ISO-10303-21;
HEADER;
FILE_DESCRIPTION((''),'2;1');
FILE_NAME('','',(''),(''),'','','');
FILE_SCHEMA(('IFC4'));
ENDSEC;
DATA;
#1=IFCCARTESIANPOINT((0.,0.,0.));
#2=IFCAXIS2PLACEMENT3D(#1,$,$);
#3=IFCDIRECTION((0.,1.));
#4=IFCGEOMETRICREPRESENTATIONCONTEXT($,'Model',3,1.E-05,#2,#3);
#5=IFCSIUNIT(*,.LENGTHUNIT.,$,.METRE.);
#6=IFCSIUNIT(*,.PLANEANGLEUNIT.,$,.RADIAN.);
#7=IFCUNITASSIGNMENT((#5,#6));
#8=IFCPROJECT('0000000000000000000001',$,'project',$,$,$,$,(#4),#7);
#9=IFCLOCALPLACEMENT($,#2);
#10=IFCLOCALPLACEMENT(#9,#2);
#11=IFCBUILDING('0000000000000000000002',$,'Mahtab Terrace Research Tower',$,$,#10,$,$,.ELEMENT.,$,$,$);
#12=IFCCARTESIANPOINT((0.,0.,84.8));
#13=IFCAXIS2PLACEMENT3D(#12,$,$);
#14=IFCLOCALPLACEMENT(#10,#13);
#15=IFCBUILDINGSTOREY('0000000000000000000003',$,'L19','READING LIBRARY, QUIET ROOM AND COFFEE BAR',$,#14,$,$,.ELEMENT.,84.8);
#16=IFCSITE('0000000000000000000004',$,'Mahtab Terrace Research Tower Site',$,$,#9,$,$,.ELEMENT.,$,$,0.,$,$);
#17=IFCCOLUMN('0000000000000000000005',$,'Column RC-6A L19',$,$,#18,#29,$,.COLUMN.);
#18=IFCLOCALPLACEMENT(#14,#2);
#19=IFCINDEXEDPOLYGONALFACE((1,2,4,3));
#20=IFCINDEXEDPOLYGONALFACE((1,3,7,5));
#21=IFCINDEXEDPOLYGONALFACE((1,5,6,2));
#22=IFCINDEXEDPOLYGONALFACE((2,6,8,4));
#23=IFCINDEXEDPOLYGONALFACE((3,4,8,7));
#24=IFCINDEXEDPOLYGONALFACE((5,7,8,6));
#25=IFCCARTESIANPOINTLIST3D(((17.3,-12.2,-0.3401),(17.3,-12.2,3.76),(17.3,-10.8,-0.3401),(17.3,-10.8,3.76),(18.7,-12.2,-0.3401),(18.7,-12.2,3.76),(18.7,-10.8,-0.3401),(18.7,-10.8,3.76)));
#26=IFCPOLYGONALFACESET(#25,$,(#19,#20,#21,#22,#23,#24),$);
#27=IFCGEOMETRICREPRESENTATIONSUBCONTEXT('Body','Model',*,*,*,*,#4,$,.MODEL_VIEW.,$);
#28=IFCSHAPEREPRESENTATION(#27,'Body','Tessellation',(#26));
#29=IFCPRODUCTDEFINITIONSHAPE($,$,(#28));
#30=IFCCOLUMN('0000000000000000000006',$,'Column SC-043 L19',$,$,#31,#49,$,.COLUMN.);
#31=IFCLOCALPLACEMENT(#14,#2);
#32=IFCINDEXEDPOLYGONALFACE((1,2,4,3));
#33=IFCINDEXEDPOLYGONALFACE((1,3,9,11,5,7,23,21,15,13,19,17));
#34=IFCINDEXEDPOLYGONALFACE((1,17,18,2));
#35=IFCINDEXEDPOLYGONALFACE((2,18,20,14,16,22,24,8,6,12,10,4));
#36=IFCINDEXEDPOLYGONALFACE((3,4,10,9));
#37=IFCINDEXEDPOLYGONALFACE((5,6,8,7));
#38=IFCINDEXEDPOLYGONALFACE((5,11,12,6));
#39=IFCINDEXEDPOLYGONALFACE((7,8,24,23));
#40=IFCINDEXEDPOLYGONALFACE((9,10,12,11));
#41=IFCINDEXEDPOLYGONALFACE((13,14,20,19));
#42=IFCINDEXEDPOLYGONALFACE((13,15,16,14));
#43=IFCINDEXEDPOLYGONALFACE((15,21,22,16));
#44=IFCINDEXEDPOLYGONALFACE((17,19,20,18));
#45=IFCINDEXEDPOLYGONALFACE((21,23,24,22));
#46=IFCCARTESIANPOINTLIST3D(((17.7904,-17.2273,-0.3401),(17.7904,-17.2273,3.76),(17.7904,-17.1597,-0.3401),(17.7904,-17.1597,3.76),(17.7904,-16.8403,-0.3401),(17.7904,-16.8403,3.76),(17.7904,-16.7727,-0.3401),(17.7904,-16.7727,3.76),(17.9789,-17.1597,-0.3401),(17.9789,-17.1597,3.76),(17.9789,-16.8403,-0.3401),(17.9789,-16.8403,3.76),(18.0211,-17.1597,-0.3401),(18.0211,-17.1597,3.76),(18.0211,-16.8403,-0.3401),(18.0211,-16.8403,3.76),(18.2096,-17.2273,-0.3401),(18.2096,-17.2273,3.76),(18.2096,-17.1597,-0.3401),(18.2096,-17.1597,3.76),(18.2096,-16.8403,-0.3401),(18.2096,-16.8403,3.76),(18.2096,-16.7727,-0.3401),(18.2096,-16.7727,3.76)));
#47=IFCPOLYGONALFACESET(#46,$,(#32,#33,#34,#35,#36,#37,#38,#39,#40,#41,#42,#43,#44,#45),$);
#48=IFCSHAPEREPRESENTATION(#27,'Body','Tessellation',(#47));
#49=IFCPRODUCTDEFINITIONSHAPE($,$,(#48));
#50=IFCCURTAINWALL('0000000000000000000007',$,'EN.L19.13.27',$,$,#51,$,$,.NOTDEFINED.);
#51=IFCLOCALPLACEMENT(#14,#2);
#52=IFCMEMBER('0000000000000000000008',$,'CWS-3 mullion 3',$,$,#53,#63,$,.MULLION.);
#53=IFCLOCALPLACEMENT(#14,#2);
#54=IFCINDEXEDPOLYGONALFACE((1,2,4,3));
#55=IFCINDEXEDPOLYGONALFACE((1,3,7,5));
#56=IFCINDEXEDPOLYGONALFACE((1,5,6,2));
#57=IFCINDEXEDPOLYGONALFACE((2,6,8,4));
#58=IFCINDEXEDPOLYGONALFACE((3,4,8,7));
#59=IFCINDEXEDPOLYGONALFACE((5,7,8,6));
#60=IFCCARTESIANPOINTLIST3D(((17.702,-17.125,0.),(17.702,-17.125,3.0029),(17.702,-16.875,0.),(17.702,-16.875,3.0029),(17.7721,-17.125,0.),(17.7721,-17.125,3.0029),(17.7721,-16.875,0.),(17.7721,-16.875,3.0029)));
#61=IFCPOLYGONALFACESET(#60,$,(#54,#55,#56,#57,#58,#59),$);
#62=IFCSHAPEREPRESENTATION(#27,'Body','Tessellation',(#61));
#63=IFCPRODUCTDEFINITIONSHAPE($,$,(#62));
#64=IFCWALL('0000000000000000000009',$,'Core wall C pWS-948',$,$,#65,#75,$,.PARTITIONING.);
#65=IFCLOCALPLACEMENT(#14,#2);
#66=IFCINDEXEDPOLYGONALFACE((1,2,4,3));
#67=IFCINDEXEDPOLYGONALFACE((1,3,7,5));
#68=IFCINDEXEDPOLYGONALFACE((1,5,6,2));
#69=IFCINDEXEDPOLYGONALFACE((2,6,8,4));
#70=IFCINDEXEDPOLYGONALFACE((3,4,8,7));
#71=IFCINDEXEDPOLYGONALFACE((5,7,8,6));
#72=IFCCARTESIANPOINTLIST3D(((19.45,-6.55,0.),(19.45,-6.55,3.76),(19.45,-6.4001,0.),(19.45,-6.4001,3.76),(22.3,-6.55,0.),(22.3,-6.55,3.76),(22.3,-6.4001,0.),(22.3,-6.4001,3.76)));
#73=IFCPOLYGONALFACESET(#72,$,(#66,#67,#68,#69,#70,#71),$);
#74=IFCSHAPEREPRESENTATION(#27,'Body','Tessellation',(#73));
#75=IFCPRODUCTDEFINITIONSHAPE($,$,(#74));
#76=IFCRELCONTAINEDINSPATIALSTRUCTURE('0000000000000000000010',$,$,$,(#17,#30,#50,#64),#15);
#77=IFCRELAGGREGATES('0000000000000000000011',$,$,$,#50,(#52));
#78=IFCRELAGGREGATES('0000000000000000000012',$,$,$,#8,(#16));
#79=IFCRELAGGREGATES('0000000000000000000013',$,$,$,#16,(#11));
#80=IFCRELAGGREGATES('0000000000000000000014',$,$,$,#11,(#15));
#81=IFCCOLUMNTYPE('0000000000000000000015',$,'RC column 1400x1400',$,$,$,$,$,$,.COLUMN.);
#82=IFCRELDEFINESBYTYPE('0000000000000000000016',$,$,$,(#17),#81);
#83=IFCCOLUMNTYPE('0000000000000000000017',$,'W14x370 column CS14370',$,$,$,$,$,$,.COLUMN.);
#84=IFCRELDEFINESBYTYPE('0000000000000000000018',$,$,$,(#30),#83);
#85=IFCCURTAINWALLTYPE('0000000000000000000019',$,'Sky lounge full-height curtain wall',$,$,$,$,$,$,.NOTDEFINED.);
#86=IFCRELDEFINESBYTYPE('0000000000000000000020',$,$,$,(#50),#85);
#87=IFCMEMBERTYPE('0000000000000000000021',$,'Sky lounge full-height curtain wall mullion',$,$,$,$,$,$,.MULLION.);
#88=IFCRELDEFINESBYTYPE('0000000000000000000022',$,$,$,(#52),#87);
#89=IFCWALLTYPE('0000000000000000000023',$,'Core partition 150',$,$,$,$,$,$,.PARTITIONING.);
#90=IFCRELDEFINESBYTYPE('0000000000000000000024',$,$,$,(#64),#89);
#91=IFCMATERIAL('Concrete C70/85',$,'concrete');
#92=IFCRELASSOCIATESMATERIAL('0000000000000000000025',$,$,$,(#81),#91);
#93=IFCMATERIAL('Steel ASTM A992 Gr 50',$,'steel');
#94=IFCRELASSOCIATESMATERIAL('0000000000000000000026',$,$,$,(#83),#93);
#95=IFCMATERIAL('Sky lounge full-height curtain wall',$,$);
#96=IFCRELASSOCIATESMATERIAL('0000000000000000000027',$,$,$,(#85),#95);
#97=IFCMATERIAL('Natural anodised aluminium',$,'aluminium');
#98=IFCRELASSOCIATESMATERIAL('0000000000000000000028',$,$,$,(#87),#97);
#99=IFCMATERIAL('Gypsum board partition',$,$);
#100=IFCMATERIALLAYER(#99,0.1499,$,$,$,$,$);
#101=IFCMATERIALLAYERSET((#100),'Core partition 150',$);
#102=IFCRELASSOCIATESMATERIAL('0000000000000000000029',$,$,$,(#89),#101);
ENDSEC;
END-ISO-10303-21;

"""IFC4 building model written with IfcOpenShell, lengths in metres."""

from ifc_helpers import new_model, si_unit, direction, frame, frame_2d, origin, origin_2d, place, context, subcontext, project, spatial, rectangle, i_section, extrude, material, layer, layer_set, material_profile, profile_set, type_object, element, aggregate, save


model = new_model("IFC4")

# Units and contexts
model_context = context("Model", 3, precision=1e-05, world=origin(), true_north=direction((0.0, 1.0)))
body_context = subcontext(model_context, "Body", "Model", "MODEL_VIEW")
ifc_project = project(units=[si_unit("LENGTHUNIT", "METRE"), si_unit("PLANEANGLEUNIT", "RADIAN")], contexts=[model_context])

# Site, building, storey
site_placement = place(None, origin())
site = spatial("IfcSite", under=ifc_project, at=site_placement, Name="Mahtab Terrace Research Tower Site", CompositionType="ELEMENT", RefElevation=0.0)
building_placement = place(site_placement, origin())
building = spatial("IfcBuilding", under=site, at=building_placement, Name="Mahtab Terrace Research Tower", CompositionType="ELEMENT")
storey_placement = place(building_placement, frame((0.0, 0.0, 84.8)))
storey = spatial("IfcBuildingStorey", under=building, at=storey_placement, Name="L19", Description="READING LIBRARY, QUIET ROOM AND COFFEE BAR", CompositionType="ELEMENT", Elevation=84.8)

# Columns
ifc_material_1 = material(Name="Concrete C70/85", Category="concrete")
ifc_material_profile_1 = material_profile(ifc_material_1, rectangle(XDim=1.3999, YDim=1.3999, at=origin_2d()), Name="RC column 1400x1400")
ifc_profile_set_1 = profile_set([ifc_material_profile_1], Name="Concrete C70/85")
column_type_1 = type_object("IfcColumnType", Name="RC column 1400x1400", PredefinedType="COLUMN", material=ifc_profile_set_1)
column_1_placement = place(storey_placement, frame((18.0, -11.5, -0.3401), z_axis=(0.0, 0.0, 1.0), x_axis=(1.0, 0.0, 0.0)))
element("IfcColumn", 1, at=column_1_placement, inside=storey, type_object=column_type_1, Name="Column RC-6A L19", PredefinedType="COLUMN", context=body_context, shape_type="SweptSolid", body=[
    extrude(rectangle(XDim=1.3999, YDim=1.3999, at=origin_2d()), origin(), (0.0, 0.0, 1.0), 4.1001),
])
ifc_material_2 = material(Name="Steel ASTM A992 Gr 50", Category="steel")
ifc_material_profile_2 = material_profile(ifc_material_2, i_section(OverallWidth=0.4192, OverallDepth=0.4546, WebThickness=0.0422, FlangeThickness=0.0676, at=origin_2d()), Name="W14X370")
ifc_profile_set_2 = profile_set([ifc_material_profile_2], Name="Steel ASTM A992 Gr 50")
column_type_2 = type_object("IfcColumnType", Name="W14x370 column CS14370", PredefinedType="COLUMN", material=ifc_profile_set_2)
column_2_placement = place(storey_placement, frame((18.0, -17.0, -0.3401), z_axis=(0.0, 0.0, 1.0), x_axis=(1.0, 0.0, 0.0)))
element("IfcColumn", 2, at=column_2_placement, inside=storey, type_object=column_type_2, Name="Column SC-043 L19", PredefinedType="COLUMN", context=body_context, shape_type="SweptSolid", body=[
    extrude(i_section(OverallWidth=0.4192, OverallDepth=0.4546, WebThickness=0.0422, FlangeThickness=0.0676, at=origin_2d()), origin(), (0.0, 0.0, 1.0), 4.1001),
])

# Curtain wall, member
ifc_material_3 = material(Name="Sky lounge full-height curtain wall")
curtain_wall_type = type_object("IfcCurtainWallType", Name="Sky lounge full-height curtain wall", PredefinedType="NOTDEFINED", material=ifc_material_3)
curtain_wall_placement = place(storey_placement, origin())
curtain_wall = element("IfcCurtainWall", 3, at=curtain_wall_placement, inside=storey, type_object=curtain_wall_type, Name="EN.L19.13.27", PredefinedType="NOTDEFINED")
ifc_material_4 = material(Name="Natural anodised aluminium", Category="aluminium")
ifc_material_profile_3 = material_profile(ifc_material_4, rectangle(XDim=0.25, YDim=0.0701, at=origin_2d()), Name="MULLION 70x250")
ifc_profile_set_3 = profile_set([ifc_material_profile_3], Name="Natural anodised aluminium")
member_type = type_object("IfcMemberType", Name="Sky lounge full-height curtain wall mullion", PredefinedType="MULLION", material=ifc_profile_set_3)
member_placement = place(storey_placement, frame((17.7371, -17.0, 0.0), z_axis=(0.0, 0.0, 1.0), x_axis=(0.0, 1.0, 0.0)))
member = element("IfcMember", 4, at=member_placement, type_object=member_type, Name="CWS-3 mullion 3", PredefinedType="MULLION", context=body_context, shape_type="SweptSolid", body=[
    extrude(rectangle(XDim=0.25, YDim=0.0701, at=origin_2d()), origin(), (0.0, 0.0, 1.0), 3.0029),
])
aggregate(curtain_wall, [member])

# Wall
ifc_material_5 = material(Name="Gypsum board partition")
ifc_layer_1 = layer(ifc_material_5, 0.1499)
ifc_layer_set_1 = layer_set([ifc_layer_1], Name="Core partition 150")
wall_type_1 = type_object("IfcWallType", Name="Core partition 150", PredefinedType="PARTITIONING", material=ifc_layer_set_1)
wall_1_placement = place(storey_placement, frame((19.45, -6.4751, 0.0), z_axis=(0.0, 0.0, 1.0), x_axis=(1.0, 0.0, 0.0)))
element("IfcWall", 5, at=wall_1_placement, inside=storey, type_object=wall_type_1, Name="Core wall C pWS-948", PredefinedType="PARTITIONING", context=body_context, shape_type="SweptSolid", body=[
    extrude(rectangle(XDim=2.8501, YDim=0.1499, at=frame_2d((1.425, 0.0))), origin(), (0.0, 0.0, 1.0), 3.76),
])

save(model, "model.ifc")
